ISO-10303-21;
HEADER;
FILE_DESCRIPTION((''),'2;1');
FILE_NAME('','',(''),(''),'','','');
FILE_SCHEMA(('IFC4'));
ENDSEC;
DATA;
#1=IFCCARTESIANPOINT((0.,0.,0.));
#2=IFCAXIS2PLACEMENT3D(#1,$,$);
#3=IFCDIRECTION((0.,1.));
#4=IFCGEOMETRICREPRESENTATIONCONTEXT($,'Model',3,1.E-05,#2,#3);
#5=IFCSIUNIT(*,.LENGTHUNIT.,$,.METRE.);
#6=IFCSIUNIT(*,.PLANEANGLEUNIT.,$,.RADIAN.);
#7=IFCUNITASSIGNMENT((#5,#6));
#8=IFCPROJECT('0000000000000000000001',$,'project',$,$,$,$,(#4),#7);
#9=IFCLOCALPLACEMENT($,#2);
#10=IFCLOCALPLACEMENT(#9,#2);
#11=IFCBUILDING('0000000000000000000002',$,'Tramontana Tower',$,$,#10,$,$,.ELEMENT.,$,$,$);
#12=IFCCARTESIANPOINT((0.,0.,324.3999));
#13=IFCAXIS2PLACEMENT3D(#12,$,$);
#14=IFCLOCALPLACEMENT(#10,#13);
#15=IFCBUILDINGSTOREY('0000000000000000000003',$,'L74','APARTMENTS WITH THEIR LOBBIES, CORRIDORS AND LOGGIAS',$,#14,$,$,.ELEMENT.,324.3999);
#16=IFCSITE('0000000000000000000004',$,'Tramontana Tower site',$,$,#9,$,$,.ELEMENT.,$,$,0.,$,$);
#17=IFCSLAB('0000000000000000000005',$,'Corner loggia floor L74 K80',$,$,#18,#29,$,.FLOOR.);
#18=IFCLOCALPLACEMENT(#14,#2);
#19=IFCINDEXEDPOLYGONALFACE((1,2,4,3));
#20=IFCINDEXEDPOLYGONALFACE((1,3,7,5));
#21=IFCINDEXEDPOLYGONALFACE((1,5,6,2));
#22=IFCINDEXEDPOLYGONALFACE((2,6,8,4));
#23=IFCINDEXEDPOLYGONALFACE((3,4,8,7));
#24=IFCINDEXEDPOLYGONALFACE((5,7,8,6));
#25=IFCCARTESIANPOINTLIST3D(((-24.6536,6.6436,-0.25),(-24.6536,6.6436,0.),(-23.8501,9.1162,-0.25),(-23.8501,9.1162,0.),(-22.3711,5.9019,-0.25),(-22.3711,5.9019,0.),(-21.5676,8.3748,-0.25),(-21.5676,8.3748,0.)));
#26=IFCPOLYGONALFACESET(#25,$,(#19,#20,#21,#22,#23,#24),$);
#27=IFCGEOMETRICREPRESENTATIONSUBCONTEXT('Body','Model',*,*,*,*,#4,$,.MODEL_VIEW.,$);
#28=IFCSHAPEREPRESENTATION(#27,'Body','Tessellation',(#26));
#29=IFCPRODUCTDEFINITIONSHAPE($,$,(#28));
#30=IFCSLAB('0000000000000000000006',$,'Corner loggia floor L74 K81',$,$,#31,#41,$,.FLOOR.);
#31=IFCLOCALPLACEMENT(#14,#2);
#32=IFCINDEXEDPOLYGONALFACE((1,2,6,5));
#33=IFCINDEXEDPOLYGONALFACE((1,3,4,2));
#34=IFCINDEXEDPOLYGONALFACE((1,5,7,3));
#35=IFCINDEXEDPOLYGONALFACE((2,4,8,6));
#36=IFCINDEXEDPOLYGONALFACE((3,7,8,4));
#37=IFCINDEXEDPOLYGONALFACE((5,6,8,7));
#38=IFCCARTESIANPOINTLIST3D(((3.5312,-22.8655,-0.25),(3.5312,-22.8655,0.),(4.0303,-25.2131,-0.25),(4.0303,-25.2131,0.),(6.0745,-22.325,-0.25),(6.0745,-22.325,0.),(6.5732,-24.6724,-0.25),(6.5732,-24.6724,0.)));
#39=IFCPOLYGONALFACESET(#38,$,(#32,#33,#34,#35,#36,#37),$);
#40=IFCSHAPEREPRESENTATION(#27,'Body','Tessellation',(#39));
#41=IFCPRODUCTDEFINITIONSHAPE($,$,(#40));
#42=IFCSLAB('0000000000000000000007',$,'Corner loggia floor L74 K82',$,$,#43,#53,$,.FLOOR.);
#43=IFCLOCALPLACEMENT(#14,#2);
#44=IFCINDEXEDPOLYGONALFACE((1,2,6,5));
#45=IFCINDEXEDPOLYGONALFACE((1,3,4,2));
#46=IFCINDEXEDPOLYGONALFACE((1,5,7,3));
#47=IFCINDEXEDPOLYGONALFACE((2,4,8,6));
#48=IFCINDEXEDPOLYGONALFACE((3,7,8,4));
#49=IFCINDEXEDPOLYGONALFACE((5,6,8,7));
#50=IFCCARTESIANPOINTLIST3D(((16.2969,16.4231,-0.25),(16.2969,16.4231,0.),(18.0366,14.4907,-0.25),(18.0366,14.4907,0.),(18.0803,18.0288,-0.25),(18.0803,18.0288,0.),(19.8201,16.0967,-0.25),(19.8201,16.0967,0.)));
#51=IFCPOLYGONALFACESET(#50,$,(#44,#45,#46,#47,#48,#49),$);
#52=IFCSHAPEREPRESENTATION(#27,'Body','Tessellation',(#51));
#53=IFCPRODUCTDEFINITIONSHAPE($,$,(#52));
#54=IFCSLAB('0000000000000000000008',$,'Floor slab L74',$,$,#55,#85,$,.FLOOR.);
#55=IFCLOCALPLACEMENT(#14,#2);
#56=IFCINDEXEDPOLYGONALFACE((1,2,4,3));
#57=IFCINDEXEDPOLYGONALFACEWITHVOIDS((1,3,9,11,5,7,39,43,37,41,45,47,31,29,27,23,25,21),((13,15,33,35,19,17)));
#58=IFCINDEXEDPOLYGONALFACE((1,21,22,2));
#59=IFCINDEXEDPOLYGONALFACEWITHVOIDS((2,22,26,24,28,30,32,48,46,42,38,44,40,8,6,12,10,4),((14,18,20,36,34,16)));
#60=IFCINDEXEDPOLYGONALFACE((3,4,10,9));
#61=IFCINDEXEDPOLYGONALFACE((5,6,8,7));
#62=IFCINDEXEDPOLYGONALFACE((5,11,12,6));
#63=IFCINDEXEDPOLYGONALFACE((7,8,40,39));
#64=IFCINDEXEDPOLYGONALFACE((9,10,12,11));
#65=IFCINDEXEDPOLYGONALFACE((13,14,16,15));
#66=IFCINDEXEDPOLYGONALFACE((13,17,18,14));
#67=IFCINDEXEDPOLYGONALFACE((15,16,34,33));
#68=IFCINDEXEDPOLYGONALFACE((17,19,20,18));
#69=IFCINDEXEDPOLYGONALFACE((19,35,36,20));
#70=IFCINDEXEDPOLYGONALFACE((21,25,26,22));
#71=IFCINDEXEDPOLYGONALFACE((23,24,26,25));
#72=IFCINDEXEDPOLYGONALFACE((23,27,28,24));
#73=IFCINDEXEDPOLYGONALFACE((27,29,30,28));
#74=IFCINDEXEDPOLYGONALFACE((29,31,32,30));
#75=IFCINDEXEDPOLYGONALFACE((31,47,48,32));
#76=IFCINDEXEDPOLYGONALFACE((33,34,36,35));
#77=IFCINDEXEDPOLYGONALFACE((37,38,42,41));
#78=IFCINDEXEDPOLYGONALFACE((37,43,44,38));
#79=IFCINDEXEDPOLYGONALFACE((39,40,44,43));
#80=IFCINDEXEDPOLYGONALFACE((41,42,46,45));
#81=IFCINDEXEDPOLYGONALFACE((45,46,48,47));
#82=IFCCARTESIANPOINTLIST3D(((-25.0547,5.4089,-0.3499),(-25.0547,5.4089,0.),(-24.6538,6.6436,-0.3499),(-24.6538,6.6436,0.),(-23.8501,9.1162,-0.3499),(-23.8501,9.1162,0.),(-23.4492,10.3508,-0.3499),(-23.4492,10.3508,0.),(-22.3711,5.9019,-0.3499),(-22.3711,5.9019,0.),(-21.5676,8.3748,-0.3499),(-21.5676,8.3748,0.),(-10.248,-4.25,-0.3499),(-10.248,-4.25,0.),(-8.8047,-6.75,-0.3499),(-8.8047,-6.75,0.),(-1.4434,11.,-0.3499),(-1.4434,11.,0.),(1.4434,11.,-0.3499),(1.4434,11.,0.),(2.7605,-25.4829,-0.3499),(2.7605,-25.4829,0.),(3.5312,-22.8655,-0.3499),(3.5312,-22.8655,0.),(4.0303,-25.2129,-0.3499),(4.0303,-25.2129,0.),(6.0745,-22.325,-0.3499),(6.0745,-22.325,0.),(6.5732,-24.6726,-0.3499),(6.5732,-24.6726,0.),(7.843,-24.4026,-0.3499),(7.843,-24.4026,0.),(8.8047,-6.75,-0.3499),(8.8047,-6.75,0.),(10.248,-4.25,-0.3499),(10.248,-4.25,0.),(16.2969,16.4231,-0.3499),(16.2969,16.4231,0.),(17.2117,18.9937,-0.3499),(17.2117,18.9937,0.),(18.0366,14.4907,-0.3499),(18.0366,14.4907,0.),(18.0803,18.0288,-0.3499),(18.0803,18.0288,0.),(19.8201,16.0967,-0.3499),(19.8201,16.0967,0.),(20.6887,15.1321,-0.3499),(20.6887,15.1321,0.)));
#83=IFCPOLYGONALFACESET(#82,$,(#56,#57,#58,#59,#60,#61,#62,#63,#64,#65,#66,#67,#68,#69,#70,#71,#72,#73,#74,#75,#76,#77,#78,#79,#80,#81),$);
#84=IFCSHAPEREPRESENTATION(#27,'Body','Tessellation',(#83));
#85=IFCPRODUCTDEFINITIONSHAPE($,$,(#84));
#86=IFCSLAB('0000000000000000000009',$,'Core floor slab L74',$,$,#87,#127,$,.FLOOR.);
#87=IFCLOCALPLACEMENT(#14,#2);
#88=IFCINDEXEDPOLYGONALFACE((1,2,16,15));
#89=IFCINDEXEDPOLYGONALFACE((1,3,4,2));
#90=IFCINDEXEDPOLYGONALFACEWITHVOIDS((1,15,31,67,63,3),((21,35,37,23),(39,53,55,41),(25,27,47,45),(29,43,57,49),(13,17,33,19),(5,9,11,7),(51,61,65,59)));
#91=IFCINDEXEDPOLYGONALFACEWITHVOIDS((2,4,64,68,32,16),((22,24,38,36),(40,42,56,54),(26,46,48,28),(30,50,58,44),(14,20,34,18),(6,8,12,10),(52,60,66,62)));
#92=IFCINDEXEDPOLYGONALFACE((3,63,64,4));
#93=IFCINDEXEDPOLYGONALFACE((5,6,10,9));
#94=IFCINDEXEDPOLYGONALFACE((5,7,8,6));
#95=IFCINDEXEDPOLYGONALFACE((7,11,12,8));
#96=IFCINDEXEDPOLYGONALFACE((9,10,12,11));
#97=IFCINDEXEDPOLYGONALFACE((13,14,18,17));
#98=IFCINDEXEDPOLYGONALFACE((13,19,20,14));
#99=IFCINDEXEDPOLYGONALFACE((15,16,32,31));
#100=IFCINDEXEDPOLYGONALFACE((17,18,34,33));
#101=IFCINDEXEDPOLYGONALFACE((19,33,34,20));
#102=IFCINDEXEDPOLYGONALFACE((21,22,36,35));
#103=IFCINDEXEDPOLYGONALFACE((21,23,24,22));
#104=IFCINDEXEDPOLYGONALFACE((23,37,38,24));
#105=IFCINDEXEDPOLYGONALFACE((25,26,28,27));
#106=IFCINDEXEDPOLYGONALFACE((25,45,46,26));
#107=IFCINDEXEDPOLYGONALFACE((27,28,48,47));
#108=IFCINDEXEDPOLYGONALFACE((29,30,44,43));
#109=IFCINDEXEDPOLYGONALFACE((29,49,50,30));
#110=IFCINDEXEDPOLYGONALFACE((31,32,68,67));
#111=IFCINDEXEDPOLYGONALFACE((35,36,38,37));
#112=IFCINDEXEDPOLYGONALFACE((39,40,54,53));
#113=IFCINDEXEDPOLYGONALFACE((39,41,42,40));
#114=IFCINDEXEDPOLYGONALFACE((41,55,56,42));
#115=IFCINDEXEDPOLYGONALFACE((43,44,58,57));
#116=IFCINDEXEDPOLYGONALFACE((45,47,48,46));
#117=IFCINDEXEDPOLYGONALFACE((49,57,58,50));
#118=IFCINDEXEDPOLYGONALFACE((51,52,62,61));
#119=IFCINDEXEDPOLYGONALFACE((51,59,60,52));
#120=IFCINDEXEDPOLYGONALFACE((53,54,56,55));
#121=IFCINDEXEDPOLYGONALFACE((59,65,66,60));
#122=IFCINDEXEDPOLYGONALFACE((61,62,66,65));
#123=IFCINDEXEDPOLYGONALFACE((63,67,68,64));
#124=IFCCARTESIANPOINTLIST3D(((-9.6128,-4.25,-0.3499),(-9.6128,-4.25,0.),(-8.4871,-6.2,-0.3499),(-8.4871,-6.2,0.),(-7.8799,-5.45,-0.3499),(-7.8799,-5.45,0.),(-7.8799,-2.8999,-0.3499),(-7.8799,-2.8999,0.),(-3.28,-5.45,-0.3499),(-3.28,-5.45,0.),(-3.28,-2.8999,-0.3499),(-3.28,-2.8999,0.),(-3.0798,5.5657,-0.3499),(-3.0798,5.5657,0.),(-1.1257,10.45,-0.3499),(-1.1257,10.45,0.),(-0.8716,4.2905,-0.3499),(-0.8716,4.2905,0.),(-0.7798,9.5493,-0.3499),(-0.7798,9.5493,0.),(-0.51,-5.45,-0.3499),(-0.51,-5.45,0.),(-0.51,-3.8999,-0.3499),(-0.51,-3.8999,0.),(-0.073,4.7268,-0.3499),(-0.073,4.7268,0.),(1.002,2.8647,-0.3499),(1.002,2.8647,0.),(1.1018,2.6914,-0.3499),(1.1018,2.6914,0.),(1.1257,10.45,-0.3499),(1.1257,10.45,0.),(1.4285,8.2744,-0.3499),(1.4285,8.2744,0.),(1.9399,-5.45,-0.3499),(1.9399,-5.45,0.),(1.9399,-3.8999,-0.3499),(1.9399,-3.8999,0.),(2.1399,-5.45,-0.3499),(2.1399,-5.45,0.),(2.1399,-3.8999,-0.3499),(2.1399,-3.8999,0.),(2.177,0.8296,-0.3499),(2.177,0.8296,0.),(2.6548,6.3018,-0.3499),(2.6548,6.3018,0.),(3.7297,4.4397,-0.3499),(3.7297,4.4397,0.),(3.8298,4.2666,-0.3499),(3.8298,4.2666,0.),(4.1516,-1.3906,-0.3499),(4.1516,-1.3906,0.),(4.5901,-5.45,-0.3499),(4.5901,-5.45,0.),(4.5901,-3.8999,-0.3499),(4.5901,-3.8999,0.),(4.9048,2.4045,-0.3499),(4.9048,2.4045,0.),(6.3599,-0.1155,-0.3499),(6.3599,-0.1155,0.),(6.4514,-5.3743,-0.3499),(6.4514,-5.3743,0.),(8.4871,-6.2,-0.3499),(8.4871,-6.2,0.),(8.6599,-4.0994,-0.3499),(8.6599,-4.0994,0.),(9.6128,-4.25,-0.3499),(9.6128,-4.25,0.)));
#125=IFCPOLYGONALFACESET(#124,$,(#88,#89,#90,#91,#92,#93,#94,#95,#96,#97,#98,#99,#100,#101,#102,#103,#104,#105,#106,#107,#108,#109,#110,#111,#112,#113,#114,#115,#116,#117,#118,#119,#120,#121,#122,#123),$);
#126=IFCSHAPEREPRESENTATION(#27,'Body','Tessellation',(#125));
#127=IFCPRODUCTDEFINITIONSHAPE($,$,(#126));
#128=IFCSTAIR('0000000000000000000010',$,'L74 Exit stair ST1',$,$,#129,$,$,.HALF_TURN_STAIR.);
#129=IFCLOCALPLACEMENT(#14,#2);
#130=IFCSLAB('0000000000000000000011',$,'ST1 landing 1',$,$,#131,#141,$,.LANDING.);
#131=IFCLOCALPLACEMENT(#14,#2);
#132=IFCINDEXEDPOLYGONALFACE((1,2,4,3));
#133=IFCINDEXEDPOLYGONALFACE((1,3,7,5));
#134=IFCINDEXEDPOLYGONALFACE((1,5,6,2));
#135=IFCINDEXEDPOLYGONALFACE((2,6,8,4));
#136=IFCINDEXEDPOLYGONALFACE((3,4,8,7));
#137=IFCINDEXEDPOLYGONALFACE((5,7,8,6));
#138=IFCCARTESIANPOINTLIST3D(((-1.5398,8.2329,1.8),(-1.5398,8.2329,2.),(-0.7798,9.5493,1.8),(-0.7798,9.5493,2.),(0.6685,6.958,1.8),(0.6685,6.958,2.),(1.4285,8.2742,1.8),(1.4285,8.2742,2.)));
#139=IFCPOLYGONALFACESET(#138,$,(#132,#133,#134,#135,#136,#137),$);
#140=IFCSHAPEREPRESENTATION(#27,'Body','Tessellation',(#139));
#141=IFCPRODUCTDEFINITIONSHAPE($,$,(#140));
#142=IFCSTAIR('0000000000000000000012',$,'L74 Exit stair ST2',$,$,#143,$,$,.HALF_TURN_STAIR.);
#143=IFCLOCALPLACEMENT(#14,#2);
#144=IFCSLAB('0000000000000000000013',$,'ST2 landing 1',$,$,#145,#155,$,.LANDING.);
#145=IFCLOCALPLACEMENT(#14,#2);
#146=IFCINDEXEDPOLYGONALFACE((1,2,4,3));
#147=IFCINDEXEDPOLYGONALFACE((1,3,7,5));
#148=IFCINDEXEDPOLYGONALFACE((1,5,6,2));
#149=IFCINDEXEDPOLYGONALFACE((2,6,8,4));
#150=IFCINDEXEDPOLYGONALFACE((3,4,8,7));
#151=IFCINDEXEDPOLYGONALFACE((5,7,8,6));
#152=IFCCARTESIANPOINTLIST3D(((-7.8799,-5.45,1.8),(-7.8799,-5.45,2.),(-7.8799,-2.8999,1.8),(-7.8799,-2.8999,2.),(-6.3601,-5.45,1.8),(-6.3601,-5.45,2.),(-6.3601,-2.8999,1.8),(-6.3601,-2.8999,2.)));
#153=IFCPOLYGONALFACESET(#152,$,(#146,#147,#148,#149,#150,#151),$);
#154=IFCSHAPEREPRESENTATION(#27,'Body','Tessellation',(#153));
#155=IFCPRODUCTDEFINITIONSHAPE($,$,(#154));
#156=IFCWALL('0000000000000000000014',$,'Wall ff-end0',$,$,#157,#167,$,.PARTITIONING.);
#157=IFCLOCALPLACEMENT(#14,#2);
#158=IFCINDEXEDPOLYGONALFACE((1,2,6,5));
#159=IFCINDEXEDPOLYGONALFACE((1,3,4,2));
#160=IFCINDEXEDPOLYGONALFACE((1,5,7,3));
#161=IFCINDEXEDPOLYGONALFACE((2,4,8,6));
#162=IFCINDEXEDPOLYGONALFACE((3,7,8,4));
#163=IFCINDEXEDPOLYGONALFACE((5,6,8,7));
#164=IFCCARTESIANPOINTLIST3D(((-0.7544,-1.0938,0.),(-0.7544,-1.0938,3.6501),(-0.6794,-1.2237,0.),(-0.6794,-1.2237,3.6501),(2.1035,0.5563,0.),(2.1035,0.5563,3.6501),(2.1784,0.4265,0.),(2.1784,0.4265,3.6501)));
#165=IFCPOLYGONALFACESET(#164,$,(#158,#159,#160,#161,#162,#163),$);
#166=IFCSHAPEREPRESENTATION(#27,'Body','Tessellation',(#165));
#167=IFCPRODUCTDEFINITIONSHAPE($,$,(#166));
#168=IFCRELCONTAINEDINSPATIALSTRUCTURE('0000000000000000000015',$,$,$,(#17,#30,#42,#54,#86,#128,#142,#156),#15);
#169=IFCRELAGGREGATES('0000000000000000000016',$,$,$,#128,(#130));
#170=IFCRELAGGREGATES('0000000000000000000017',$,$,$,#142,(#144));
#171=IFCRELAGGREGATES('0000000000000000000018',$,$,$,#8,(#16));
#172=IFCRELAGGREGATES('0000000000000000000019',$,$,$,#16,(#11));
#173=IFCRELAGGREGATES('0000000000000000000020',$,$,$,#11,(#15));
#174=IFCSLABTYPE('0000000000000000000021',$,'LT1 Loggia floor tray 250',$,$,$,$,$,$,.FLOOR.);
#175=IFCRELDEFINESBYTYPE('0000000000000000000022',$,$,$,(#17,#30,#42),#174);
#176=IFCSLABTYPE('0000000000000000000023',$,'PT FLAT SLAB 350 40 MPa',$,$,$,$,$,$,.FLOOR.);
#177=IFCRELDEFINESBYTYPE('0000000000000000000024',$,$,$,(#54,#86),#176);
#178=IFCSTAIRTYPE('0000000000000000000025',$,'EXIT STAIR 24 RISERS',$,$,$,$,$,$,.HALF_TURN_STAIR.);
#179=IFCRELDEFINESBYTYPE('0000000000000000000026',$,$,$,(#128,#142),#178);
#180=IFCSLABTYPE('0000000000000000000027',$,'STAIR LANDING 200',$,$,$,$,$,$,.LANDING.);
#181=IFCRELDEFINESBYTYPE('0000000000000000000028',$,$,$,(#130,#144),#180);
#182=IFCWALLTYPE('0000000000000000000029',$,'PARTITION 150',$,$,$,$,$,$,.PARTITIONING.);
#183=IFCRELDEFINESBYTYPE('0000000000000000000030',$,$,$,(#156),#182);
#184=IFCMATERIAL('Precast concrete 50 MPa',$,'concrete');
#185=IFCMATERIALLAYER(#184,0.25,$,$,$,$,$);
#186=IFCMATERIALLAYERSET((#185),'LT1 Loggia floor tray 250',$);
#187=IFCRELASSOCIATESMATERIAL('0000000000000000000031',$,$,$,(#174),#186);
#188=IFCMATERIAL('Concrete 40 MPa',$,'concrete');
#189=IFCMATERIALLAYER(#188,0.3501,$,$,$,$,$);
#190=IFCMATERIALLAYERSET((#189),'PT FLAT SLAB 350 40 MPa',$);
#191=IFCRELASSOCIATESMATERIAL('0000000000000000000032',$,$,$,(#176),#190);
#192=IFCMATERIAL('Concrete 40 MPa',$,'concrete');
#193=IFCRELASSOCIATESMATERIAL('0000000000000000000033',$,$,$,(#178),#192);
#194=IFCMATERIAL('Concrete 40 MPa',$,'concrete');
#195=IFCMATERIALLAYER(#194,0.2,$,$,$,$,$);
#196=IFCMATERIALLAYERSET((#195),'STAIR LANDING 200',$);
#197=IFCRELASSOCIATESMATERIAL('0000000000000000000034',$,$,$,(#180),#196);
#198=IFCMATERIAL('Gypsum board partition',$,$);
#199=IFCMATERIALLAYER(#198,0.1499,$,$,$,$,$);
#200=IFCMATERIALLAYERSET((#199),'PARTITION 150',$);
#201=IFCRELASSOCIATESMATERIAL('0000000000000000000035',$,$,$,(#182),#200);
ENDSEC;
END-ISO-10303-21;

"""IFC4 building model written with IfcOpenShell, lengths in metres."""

from ifc_helpers import new_model, si_unit, direction, frame, frame_2d, origin, place, context, subcontext, project, spatial, polyline, rectangle, outline, extrude, material, layer, layer_set, type_object, element, aggregate, save


model = new_model("IFC4")

# Units and contexts
model_context = context("Model", 3, precision=1e-05, world=origin(), true_north=direction((0.0, 1.0)))
body_context = subcontext(model_context, "Body", "Model", "MODEL_VIEW")
ifc_project = project(units=[si_unit("LENGTHUNIT", "METRE"), si_unit("PLANEANGLEUNIT", "RADIAN")], contexts=[model_context])

# Site, building, storey
site_placement = place(None, origin())
site = spatial("IfcSite", under=ifc_project, at=site_placement, Name="Tramontana Tower site", CompositionType="ELEMENT", RefElevation=0.0)
building_placement = place(site_placement, origin())
building = spatial("IfcBuilding", under=site, at=building_placement, Name="Tramontana Tower", CompositionType="ELEMENT")
storey_placement = place(building_placement, frame((0.0, 0.0, 324.3999)))
storey = spatial("IfcBuildingStorey", under=building, at=storey_placement, Name="L74", Description="APARTMENTS WITH THEIR LOBBIES, CORRIDORS AND LOGGIAS", CompositionType="ELEMENT", Elevation=324.3999)

# Slabs
ifc_material_1 = material(Name="Precast concrete 50 MPa", Category="concrete")
ifc_layer_1 = layer(ifc_material_1, 0.25)
ifc_layer_set_1 = layer_set([ifc_layer_1], Name="LT1 Loggia floor tray 250")
slab_type_1 = type_object("IfcSlabType", Name="LT1 Loggia floor tray 250", PredefinedType="FLOOR", material=ifc_layer_set_1)
slab_1_placement = place(storey_placement, frame((0.0, 0.0, -0.25)))
element("IfcSlab", 1, at=slab_1_placement, inside=storey, type_object=slab_type_1, Name="Corner loggia floor L74 K80", PredefinedType="FLOOR", context=body_context, shape_type="SweptSolid", body=[
    extrude(outline(polyline([(-23.8501, 9.1162), (-21.5676, 8.3748), (-22.3711, 5.9019), (-24.6536, 6.6436), (-23.8501, 9.1162)])), origin(), (0.0, 0.0, 1.0), 0.25),
])
slab_2_placement = place(storey_placement, frame((0.0, 0.0, -0.25)))
element("IfcSlab", 2, at=slab_2_placement, inside=storey, type_object=slab_type_1, Name="Corner loggia floor L74 K81", PredefinedType="FLOOR", context=body_context, shape_type="SweptSolid", body=[
    extrude(outline(polyline([(4.0303, -25.2131), (3.5312, -22.8655), (6.0745, -22.325), (6.5732, -24.6724), (4.0303, -25.2131)])), origin(), (0.0, 0.0, 1.0), 0.25),
])
slab_3_placement = place(storey_placement, frame((0.0, 0.0, -0.25)))
element("IfcSlab", 3, at=slab_3_placement, inside=storey, type_object=slab_type_1, Name="Corner loggia floor L74 K82", PredefinedType="FLOOR", context=body_context, shape_type="SweptSolid", body=[
    extrude(outline(polyline([(19.8201, 16.0967), (18.0366, 14.4907), (16.2969, 16.4231), (18.0803, 18.0288), (19.8201, 16.0967)])), origin(), (0.0, 0.0, 1.0), 0.25),
])
ifc_material_2 = material(Name="Concrete 40 MPa", Category="concrete")
ifc_layer_2 = layer(ifc_material_2, 0.3501)
ifc_layer_set_2 = layer_set([ifc_layer_2], Name="PT FLAT SLAB 350 40 MPa")
slab_type_2 = type_object("IfcSlabType", Name="PT FLAT SLAB 350 40 MPa", PredefinedType="FLOOR", material=ifc_layer_set_2)
slab_4_placement = place(storey_placement, frame((0.0, 0.0, -0.3499)))
element("IfcSlab", 4, at=slab_4_placement, inside=storey, type_object=slab_type_2, Name="Floor slab L74", PredefinedType="FLOOR", context=body_context, shape_type="SweptSolid", body=[
    extrude(outline(polyline([(18.0803, 18.0288), (16.2969, 16.4231), (18.0366, 14.4907), (19.8201, 16.0967), (20.6887, 15.1321), (7.843, -24.4026), (6.5732, -24.6726), (6.0745, -22.325), (3.5312, -22.8655), (4.0303, -25.2129), (2.7605, -25.4829), (-25.0547, 5.4089), (-24.6538, 6.6436), (-22.3711, 5.9019), (-21.5676, 8.3748), (-23.8501, 9.1162), (-23.4492, 10.3508), (17.2117, 18.9937), (18.0803, 18.0288)]), holes=[polyline([(-10.248, -4.25), (-8.8047, -6.75), (8.8047, -6.75), (10.248, -4.25), (1.4434, 11.0), (-1.4434, 11.0), (-10.248, -4.25)])]), origin(), (0.0, 0.0, 1.0), 0.3499),
])
slab_5_placement = place(storey_placement, frame((0.0, 0.0, -0.3499)))
element("IfcSlab", 5, at=slab_5_placement, inside=storey, type_object=slab_type_2, Name="Core floor slab L74", PredefinedType="FLOOR", context=body_context, shape_type="SweptSolid", body=[
    extrude(outline(polyline([(9.6128, -4.25), (8.4871, -6.2), (-8.4871, -6.2), (-9.6128, -4.25), (-1.1257, 10.45), (1.1257, 10.45), (9.6128, -4.25)]), holes=[polyline([(8.6599, -4.0994), (6.3599, -0.1155), (4.1516, -1.3906), (6.4514, -5.3743), (8.6599, -4.0994)]), polyline([(3.8298, 4.2666), (1.1018, 2.6914), (2.177, 0.8296), (4.9048, 2.4045), (3.8298, 4.2666)]), polyline([(4.5901, -3.8999), (2.1399, -3.8999), (2.1399, -5.45), (4.5901, -5.45), (4.5901, -3.8999)]), polyline([(2.6548, 6.3018), (-0.073, 4.7268), (1.002, 2.8647), (3.7297, 4.4397), (2.6548, 6.3018)]), polyline([(1.9399, -5.45), (1.9399, -3.8999), (-0.51, -3.8999), (-0.51, -5.45), (1.9399, -5.45)]), polyline([(-0.7798, 9.5493), (-3.0798, 5.5657), (-0.8716, 4.2905), (1.4285, 8.2744), (-0.7798, 9.5493)]), polyline([(-7.8799, -5.45), (-3.28, -5.45), (-3.28, -2.8999), (-7.8799, -2.8999), (-7.8799, -5.45)])]), origin(), (0.0, 0.0, 1.0), 0.3499),
])

# Stairs, slabs
ifc_material_3 = material(Name="Concrete 40 MPa", Category="concrete")
stair_type = type_object("IfcStairType", Name="EXIT STAIR 24 RISERS", PredefinedType="HALF_TURN_STAIR", material=ifc_material_3)
stair_1_placement = place(storey_placement, origin())
stair_1 = element("IfcStair", 6, at=stair_1_placement, inside=storey, type_object=stair_type, Name="L74 Exit stair ST1", PredefinedType="HALF_TURN_STAIR")
ifc_material_4 = material(Name="Concrete 40 MPa", Category="concrete")
ifc_layer_3 = layer(ifc_material_4, 0.2)
ifc_layer_set_3 = layer_set([ifc_layer_3], Name="STAIR LANDING 200")
slab_type_3 = type_object("IfcSlabType", Name="STAIR LANDING 200", PredefinedType="LANDING", material=ifc_layer_set_3)
slab_6_placement = place(storey_placement, frame((0.0, 0.0, 1.8)))
slab_6 = element("IfcSlab", 7, at=slab_6_placement, type_object=slab_type_3, Name="ST1 landing 1", PredefinedType="LANDING", context=body_context, shape_type="SweptSolid", body=[
    extrude(outline(polyline([(0.6685, 6.958), (1.4285, 8.2742), (-0.7798, 9.5493), (-1.5398, 8.2329), (0.6685, 6.958)])), origin(), (0.0, 0.0, 1.0), 0.2),
])
aggregate(stair_1, [slab_6])
stair_2_placement = place(storey_placement, origin())
stair_2 = element("IfcStair", 8, at=stair_2_placement, inside=storey, type_object=stair_type, Name="L74 Exit stair ST2", PredefinedType="HALF_TURN_STAIR")
slab_7_placement = place(storey_placement, frame((0.0, 0.0, 1.8)))
slab_7 = element("IfcSlab", 9, at=slab_7_placement, type_object=slab_type_3, Name="ST2 landing 1", PredefinedType="LANDING", context=body_context, shape_type="SweptSolid", body=[
    extrude(outline(polyline([(-6.3601, -2.8999), (-7.8799, -2.8999), (-7.8799, -5.45), (-6.3601, -5.45), (-6.3601, -2.8999)])), origin(), (0.0, 0.0, 1.0), 0.2),
])

# Shared definitions
ifc_material_5 = material(Name="Gypsum board partition")
ifc_layer_4 = layer(ifc_material_5, 0.1499)
ifc_layer_set_4 = layer_set([ifc_layer_4], Name="PARTITION 150")
wall_type_1 = type_object("IfcWallType", Name="PARTITION 150", PredefinedType="PARTITIONING", material=ifc_layer_set_4)

# Wall
wall_1_placement = place(storey_placement, frame((-0.7168, -1.1587, 0.0), z_axis=(0.0, 0.0, 1.0), x_axis=(0.866008, 0.50003, 0.0)))
element("IfcWall", 10, at=wall_1_placement, inside=storey, type_object=wall_type_1, Name="Wall ff-end0", PredefinedType="PARTITIONING", context=body_context, shape_type="SweptSolid", body=[
    extrude(rectangle(XDim=3.3, YDim=0.1499, at=frame_2d((1.6499, 0.0))), origin(), (0.0, 0.0, 1.0), 3.6501),
])

aggregate(stair_2, [slab_7])

save(model, "model.ifc")
